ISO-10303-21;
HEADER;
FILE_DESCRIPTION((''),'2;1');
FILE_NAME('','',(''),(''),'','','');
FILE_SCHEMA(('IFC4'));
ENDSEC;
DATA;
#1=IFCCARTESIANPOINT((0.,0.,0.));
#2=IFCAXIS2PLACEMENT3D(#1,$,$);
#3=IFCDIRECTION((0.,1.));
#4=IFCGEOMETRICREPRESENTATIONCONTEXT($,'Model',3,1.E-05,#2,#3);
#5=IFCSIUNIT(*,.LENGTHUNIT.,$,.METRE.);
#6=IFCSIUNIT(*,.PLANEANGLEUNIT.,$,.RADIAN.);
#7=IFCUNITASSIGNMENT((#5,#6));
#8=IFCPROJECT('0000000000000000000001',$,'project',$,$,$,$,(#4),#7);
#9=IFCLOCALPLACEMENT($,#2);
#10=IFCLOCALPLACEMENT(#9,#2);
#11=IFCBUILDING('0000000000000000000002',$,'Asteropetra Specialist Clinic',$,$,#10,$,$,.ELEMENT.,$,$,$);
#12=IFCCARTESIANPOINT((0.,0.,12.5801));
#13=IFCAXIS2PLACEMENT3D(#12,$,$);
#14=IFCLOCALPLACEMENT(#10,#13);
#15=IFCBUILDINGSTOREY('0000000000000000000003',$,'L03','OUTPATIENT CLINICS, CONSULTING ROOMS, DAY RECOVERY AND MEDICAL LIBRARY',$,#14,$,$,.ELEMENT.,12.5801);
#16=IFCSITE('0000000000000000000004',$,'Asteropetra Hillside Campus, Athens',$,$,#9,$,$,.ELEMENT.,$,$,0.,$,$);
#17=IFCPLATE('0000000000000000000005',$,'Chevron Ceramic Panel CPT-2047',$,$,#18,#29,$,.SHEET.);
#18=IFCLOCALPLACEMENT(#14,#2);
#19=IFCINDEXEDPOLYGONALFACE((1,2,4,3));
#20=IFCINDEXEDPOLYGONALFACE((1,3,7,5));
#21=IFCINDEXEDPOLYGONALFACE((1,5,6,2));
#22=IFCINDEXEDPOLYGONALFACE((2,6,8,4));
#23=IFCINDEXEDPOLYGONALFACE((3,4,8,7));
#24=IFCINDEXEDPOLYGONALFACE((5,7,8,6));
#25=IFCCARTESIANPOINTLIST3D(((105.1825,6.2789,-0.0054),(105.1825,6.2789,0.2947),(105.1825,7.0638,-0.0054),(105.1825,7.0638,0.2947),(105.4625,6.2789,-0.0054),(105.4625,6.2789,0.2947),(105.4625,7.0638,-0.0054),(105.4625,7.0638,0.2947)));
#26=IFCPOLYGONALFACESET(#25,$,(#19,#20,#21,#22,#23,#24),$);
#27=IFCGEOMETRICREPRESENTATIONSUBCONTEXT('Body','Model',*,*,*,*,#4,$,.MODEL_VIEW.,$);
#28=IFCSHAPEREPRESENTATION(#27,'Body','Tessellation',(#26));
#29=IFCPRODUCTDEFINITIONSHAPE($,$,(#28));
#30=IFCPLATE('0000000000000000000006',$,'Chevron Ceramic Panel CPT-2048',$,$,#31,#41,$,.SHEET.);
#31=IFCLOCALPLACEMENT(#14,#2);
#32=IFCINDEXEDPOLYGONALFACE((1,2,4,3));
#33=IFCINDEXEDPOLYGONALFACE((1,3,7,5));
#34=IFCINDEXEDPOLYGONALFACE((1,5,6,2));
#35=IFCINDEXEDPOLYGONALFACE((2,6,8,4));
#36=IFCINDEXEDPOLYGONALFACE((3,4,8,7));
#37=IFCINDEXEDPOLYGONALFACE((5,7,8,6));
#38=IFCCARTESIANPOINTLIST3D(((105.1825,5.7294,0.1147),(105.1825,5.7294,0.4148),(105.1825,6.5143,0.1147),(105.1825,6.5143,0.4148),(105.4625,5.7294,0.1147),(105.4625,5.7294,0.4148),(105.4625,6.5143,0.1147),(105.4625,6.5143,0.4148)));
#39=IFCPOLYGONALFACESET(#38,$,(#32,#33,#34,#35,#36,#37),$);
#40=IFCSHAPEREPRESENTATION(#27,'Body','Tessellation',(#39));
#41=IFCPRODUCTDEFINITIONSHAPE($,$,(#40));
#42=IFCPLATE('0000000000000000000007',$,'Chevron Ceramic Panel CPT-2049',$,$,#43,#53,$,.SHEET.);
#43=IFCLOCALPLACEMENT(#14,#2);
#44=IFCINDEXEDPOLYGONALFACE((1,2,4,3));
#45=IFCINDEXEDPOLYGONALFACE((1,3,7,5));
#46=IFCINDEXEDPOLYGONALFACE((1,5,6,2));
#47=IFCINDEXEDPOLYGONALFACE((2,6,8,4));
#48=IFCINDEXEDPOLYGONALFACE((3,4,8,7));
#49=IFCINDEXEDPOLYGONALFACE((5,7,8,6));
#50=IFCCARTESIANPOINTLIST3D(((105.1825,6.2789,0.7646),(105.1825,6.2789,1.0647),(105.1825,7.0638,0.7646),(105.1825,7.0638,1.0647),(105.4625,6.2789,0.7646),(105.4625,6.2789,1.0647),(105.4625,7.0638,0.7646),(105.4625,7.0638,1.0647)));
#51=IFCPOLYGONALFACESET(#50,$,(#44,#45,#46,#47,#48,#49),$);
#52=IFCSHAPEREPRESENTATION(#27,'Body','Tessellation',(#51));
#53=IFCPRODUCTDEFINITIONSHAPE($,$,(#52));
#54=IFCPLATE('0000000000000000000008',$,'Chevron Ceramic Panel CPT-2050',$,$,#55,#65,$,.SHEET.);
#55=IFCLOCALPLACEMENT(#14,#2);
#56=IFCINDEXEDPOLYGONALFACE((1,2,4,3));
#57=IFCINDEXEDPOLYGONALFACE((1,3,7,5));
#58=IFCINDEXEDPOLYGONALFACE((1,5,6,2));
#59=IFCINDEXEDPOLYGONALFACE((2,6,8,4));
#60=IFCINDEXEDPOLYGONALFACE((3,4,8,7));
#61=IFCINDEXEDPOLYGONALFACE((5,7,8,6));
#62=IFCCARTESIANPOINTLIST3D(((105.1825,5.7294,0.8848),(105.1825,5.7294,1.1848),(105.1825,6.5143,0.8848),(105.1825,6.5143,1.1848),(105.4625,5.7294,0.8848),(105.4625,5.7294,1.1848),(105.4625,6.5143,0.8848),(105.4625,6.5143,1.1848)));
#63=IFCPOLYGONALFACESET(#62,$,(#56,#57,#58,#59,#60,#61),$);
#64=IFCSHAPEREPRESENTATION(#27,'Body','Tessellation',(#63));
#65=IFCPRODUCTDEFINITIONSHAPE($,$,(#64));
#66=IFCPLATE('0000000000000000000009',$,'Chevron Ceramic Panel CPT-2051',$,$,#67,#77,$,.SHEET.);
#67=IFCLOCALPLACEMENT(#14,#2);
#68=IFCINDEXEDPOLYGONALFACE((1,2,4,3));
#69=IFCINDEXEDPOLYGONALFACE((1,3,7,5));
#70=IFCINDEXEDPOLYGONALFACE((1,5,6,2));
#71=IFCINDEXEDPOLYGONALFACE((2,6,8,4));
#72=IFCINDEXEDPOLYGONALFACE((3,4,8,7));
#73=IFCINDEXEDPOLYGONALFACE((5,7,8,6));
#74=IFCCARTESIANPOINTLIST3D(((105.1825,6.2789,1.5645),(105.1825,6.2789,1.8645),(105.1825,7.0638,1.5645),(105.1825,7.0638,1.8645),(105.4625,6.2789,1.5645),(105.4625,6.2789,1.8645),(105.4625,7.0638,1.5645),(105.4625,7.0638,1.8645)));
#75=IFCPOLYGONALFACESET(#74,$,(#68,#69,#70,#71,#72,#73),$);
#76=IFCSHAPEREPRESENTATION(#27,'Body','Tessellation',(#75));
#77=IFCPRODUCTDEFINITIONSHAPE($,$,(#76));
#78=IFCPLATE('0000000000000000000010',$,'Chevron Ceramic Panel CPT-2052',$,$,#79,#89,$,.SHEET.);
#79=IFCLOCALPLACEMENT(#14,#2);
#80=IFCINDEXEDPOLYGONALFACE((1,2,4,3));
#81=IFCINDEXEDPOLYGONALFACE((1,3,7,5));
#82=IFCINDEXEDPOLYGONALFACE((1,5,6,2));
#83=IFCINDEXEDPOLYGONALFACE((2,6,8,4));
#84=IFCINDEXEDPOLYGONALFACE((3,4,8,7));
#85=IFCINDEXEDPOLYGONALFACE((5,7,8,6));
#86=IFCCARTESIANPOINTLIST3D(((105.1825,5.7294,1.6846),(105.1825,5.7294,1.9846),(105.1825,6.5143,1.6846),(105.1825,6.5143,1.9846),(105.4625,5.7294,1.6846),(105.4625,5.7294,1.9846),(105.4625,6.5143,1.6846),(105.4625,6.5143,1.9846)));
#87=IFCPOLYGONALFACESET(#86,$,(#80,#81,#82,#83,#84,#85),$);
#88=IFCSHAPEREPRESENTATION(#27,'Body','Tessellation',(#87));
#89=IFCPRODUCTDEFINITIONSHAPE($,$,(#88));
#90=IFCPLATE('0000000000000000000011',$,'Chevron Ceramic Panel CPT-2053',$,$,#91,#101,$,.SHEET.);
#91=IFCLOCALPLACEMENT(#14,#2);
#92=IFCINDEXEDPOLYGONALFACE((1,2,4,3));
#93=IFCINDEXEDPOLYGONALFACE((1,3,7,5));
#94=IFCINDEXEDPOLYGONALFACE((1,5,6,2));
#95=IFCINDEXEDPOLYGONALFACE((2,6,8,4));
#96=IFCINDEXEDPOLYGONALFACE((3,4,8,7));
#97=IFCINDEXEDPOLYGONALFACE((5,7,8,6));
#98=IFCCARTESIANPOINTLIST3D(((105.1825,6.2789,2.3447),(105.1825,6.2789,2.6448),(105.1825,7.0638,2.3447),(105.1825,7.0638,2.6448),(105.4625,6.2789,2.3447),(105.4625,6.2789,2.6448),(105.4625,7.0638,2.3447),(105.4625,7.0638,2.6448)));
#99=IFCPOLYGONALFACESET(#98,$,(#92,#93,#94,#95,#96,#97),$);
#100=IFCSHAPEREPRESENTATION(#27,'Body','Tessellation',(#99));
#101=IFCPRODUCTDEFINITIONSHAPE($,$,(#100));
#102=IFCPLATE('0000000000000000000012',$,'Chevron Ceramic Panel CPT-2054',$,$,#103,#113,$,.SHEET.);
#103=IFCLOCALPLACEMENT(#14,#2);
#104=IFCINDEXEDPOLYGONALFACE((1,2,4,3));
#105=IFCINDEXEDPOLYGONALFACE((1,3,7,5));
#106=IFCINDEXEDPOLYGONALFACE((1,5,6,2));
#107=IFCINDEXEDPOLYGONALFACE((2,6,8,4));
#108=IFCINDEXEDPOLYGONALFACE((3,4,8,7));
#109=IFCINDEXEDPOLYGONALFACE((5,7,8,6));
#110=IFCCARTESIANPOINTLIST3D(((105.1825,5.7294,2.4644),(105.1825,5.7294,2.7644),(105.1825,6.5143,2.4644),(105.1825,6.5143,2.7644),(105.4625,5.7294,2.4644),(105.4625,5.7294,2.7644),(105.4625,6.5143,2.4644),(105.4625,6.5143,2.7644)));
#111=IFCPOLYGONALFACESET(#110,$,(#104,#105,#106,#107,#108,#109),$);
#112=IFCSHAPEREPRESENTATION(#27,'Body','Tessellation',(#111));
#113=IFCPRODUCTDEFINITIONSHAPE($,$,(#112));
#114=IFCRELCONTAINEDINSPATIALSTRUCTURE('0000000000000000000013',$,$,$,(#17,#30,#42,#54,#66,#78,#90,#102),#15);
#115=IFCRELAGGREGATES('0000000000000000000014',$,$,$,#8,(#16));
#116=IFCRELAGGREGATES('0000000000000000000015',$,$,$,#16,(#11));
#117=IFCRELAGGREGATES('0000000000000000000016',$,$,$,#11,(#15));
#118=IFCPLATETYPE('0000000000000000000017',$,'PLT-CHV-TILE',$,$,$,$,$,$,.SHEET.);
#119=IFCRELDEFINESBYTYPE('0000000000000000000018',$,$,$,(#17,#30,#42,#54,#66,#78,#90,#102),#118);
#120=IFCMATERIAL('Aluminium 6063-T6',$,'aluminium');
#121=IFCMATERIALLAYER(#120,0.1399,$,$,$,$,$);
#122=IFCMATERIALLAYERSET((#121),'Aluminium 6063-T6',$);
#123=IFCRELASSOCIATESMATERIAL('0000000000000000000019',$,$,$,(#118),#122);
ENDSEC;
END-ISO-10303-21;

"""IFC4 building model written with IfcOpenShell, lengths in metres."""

from ifc_helpers import new_model, si_unit, direction, frame, origin, origin_2d, place, context, subcontext, project, spatial, rectangle, extrude, material, layer, layer_set, type_object, element, save


model = new_model("IFC4")

# Units and contexts
model_context = context("Model", 3, precision=1e-05, world=origin(), true_north=direction((0.0, 1.0)))
body_context = subcontext(model_context, "Body", "Model", "MODEL_VIEW")
ifc_project = project(units=[si_unit("LENGTHUNIT", "METRE"), si_unit("PLANEANGLEUNIT", "RADIAN")], contexts=[model_context])

# Site, building, storey
site_placement = place(None, origin())
site = spatial("IfcSite", under=ifc_project, at=site_placement, Name="Asteropetra Hillside Campus, Athens", CompositionType="ELEMENT", RefElevation=0.0)
building_placement = place(site_placement, origin())
building = spatial("IfcBuilding", under=site, at=building_placement, Name="Asteropetra Specialist Clinic", CompositionType="ELEMENT")
storey_placement = place(building_placement, frame((0.0, 0.0, 12.5801)))
storey = spatial("IfcBuildingStorey", under=building, at=storey_placement, Name="L03", Description="OUTPATIENT CLINICS, CONSULTING ROOMS, DAY RECOVERY AND MEDICAL LIBRARY", CompositionType="ELEMENT", Elevation=12.5801)

# Plates
ifc_material_1 = material(Name="Aluminium 6063-T6", Category="aluminium")
ifc_layer = layer(ifc_material_1, 0.1399)
ifc_layer_set = layer_set([ifc_layer], Name="Aluminium 6063-T6")
plate_type_1 = type_object("IfcPlateType", Name="PLT-CHV-TILE", PredefinedType="SHEET", material=ifc_layer_set)
for number, where, z_axis, x_axis, name in (
    (1, (105.3225, 6.6714, -0.0054), (0.0, 0.0, 1.0), (1.0, 0.0, 0.0), "Chevron Ceramic Panel CPT-2047"),
    (2, (105.3225, 6.1218, 0.1147), (0.0, 0.0, 1.0), (1.0, 0.0, 0.0), "Chevron Ceramic Panel CPT-2048"),
    (3, (105.3225, 6.6714, 0.7646), (0.0, 0.0, 1.0), (1.0, 0.0, 0.0), "Chevron Ceramic Panel CPT-2049"),
    (4, (105.3225, 6.1218, 0.8848), (0.0, 0.0, 1.0), (1.0, 0.0, 0.0), "Chevron Ceramic Panel CPT-2050"),
    (5, (105.3225, 6.6714, 1.5645), (0.0, 0.0, 1.0), (1.0, 0.0, 0.0), "Chevron Ceramic Panel CPT-2051"),
    (6, (105.3225, 6.1218, 1.6846), (0.0, 0.0, 1.0), (1.0, 0.0, 0.0), "Chevron Ceramic Panel CPT-2052"),
    (7, (105.3225, 6.6714, 2.3447), (0.0, 0.0, 1.0), (1.0, 0.0, 0.0), "Chevron Ceramic Panel CPT-2053"),
    (8, (105.3225, 6.1218, 2.4644), (0.0, 0.0, 1.0), (1.0, 0.0, 0.0), "Chevron Ceramic Panel CPT-2054"),
):
    element("IfcPlate", number, at=place(storey_placement, frame(where, z_axis=z_axis, x_axis=x_axis)), inside=storey, type_object=plate_type_1, Name=name, PredefinedType="SHEET", context=body_context, shape_type="SweptSolid", body=[
        extrude(rectangle(XDim=0.28, YDim=0.7849, at=origin_2d()), origin(), (0.0, 0.0, 1.0), 0.3),
    ])

save(model, "model.ifc")
